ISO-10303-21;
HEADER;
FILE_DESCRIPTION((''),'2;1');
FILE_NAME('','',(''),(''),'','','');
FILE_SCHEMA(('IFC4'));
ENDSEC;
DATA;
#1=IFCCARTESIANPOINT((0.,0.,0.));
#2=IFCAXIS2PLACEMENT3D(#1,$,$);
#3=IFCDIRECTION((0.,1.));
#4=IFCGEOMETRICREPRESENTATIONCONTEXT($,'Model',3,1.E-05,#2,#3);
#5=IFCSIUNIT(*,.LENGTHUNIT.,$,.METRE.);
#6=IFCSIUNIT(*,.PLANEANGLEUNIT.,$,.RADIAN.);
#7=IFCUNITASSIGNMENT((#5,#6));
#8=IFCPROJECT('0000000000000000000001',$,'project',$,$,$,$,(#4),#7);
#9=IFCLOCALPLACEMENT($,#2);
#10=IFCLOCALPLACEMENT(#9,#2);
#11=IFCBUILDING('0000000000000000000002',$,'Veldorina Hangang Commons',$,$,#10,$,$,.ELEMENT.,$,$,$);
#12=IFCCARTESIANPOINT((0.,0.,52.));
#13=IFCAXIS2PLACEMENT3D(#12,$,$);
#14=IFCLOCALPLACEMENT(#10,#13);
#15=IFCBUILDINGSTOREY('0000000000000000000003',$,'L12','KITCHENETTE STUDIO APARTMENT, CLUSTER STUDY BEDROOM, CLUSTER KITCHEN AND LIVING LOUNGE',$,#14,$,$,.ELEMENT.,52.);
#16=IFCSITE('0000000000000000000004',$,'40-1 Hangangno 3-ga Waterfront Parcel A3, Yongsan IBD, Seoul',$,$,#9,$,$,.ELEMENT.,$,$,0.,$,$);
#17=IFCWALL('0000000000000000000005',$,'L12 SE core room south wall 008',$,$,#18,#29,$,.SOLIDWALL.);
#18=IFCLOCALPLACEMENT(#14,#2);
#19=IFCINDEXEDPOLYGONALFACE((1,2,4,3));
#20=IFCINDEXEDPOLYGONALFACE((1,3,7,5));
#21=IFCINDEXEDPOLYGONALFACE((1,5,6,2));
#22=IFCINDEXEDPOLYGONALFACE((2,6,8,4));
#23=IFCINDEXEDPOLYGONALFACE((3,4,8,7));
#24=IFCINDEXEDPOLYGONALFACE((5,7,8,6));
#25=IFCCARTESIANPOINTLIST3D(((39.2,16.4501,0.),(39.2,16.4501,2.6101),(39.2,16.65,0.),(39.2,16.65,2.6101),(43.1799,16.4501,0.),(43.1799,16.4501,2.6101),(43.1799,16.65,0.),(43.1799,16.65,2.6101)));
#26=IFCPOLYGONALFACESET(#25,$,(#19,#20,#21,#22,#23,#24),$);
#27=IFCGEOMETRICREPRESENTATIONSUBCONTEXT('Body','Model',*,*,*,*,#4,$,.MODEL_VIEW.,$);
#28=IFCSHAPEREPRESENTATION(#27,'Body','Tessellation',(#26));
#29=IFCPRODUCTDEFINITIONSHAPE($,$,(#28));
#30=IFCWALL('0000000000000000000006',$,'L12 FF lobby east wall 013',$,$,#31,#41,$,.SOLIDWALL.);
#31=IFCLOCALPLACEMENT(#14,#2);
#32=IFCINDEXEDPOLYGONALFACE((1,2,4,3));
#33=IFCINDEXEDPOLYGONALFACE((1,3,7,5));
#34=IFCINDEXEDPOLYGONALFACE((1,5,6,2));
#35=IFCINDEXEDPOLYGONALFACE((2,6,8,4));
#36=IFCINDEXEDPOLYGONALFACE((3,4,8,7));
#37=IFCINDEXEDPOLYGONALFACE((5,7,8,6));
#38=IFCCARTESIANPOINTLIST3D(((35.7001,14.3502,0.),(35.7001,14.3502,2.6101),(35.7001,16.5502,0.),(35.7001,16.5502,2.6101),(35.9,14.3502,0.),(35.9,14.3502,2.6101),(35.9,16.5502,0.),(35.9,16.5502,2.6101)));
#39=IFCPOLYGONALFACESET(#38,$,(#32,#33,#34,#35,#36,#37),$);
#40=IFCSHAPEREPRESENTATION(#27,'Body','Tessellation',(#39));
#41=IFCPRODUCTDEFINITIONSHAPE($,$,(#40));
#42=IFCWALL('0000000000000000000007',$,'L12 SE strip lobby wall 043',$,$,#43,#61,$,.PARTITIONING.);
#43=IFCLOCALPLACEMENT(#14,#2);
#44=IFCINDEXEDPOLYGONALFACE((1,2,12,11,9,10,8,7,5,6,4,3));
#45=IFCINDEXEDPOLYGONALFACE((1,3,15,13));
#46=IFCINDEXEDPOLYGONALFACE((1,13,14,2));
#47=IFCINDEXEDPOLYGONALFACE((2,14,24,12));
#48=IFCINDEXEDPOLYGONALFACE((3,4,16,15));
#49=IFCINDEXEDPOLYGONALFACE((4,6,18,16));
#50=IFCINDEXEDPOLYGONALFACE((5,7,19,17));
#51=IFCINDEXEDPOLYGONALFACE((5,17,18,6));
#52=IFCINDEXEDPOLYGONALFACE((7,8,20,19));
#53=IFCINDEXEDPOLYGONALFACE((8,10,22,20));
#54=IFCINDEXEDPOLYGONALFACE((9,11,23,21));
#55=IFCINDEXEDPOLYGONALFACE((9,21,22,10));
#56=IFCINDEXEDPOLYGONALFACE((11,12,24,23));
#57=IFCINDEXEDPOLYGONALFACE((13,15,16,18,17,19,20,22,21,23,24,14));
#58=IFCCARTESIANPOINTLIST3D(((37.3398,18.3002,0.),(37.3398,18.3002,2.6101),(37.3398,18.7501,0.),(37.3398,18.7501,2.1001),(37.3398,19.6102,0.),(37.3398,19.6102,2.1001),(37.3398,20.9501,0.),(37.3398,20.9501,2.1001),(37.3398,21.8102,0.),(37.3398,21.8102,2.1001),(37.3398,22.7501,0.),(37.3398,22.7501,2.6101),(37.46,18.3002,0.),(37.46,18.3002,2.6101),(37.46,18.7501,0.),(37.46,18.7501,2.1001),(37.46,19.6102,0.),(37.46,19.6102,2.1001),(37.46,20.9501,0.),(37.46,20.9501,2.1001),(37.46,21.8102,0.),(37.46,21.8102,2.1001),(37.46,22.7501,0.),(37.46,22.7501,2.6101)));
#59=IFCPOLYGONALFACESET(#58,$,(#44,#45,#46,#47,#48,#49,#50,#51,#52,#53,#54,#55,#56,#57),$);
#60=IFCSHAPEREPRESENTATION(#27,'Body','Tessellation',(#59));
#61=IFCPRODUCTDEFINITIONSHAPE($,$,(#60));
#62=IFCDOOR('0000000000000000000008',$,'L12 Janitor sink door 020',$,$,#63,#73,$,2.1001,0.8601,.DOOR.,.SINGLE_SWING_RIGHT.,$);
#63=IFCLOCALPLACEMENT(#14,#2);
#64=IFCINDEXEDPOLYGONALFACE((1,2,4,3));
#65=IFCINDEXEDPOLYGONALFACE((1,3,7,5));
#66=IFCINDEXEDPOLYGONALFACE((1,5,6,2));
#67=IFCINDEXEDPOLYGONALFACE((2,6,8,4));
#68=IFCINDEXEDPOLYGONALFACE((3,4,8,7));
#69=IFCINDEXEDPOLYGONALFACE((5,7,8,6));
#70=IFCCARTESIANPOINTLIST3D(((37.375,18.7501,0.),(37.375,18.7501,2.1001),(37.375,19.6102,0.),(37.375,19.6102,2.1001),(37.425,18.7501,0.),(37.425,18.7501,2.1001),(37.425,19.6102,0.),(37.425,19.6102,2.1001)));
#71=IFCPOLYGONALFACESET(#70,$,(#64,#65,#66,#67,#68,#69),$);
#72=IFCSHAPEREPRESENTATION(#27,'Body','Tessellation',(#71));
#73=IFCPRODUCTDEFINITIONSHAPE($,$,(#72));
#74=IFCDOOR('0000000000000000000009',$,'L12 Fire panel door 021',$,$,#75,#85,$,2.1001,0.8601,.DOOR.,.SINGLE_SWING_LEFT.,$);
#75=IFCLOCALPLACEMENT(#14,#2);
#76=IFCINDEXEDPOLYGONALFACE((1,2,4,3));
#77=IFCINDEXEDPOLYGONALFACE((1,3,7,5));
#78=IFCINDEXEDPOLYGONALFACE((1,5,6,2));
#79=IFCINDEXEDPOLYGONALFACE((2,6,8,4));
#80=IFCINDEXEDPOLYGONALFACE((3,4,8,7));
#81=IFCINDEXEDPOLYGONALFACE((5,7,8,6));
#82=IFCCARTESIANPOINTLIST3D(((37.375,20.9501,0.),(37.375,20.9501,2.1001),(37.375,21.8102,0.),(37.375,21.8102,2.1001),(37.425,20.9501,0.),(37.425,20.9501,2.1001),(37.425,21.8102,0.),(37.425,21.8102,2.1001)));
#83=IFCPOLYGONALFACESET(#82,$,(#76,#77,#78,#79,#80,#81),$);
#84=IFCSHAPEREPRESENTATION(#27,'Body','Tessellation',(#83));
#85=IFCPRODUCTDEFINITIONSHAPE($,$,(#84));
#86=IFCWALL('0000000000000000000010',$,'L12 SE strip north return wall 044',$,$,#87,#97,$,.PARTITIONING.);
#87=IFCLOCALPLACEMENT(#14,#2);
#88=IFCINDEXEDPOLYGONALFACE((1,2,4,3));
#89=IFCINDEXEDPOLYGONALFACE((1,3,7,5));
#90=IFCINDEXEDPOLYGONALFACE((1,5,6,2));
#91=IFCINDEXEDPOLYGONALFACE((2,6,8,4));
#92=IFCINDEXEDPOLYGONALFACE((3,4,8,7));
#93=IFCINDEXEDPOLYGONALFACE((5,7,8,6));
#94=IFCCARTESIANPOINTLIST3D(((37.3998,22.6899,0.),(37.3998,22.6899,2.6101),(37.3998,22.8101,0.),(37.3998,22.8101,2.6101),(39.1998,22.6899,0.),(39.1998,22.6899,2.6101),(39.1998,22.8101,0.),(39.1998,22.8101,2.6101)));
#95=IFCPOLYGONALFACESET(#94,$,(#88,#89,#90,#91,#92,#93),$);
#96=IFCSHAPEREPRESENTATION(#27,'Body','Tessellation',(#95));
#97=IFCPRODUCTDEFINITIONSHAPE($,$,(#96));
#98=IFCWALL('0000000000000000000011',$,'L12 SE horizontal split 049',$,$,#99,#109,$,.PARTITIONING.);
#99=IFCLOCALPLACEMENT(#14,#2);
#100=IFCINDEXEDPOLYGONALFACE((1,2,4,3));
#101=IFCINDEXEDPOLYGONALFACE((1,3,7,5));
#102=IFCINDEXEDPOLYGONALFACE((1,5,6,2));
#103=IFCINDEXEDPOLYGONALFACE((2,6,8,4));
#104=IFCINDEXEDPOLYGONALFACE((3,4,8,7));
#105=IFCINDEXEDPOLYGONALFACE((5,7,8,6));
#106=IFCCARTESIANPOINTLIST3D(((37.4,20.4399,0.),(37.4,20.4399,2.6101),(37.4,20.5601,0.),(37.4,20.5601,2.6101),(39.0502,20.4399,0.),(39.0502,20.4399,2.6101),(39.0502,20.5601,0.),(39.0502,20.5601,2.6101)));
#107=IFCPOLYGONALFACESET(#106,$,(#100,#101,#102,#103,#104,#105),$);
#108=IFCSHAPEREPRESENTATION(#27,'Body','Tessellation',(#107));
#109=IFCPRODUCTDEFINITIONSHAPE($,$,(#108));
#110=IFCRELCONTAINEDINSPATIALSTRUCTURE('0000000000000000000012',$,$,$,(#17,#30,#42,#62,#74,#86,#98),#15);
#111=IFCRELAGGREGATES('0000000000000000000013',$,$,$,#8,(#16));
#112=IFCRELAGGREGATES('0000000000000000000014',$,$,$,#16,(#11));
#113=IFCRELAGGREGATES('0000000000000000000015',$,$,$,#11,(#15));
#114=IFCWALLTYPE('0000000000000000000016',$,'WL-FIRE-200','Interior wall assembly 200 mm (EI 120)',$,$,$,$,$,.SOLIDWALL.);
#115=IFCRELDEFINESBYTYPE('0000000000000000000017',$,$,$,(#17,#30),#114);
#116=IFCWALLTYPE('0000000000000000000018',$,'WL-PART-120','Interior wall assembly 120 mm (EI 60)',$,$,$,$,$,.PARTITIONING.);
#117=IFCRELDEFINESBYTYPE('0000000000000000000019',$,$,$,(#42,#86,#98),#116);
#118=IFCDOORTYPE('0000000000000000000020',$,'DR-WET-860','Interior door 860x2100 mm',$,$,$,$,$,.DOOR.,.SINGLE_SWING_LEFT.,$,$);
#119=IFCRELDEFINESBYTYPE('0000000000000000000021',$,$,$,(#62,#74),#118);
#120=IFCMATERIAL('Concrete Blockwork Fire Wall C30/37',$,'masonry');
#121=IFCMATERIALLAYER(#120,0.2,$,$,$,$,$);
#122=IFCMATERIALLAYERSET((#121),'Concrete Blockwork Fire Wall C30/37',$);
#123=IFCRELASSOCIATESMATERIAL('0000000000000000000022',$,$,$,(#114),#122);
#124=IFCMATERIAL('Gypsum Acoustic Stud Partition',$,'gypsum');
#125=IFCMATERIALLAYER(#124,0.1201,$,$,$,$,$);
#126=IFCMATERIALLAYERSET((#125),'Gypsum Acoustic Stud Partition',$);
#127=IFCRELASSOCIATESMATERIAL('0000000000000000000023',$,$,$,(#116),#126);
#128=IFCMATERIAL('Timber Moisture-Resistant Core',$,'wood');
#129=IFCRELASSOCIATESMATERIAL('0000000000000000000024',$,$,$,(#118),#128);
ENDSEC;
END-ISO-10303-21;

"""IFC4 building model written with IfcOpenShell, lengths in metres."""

from ifc_helpers import new_model, si_unit, direction, frame, frame_2d, origin, place, context, subcontext, project, spatial, rectangle, extrude, material, layer, layer_set, type_object, element, fill, save


model = new_model("IFC4")

# Units and contexts
model_context = context("Model", 3, precision=1e-05, world=origin(), true_north=direction((0.0, 1.0)))
body_context = subcontext(model_context, "Body", "Model", "MODEL_VIEW")
ifc_project = project(units=[si_unit("LENGTHUNIT", "METRE"), si_unit("PLANEANGLEUNIT", "RADIAN")], contexts=[model_context])

# Site, building, storey
site_placement = place(None, origin())
site = spatial("IfcSite", under=ifc_project, at=site_placement, Name="40-1 Hangangno 3-ga Waterfront Parcel A3, Yongsan IBD, Seoul", CompositionType="ELEMENT", RefElevation=0.0)
building_placement = place(site_placement, origin())
building = spatial("IfcBuilding", under=site, at=building_placement, Name="Veldorina Hangang Commons", CompositionType="ELEMENT")
storey_placement = place(building_placement, frame((0.0, 0.0, 52.0)))
storey = spatial("IfcBuildingStorey", under=building, at=storey_placement, Name="L12", Description="KITCHENETTE STUDIO APARTMENT, CLUSTER STUDY BEDROOM, CLUSTER KITCHEN AND LIVING LOUNGE", CompositionType="ELEMENT", Elevation=52.0)

# Shared definitions
ifc_material_1 = material(Name="Concrete Blockwork Fire Wall C30/37", Category="masonry")
ifc_layer_1 = layer(ifc_material_1, 0.2)
ifc_layer_set_1 = layer_set([ifc_layer_1], Name="Concrete Blockwork Fire Wall C30/37")
wall_type_1 = type_object("IfcWallType", Name="WL-FIRE-200", Description="Interior wall assembly 200 mm (EI 120)", PredefinedType="SOLIDWALL", material=ifc_layer_set_1)

# Walls
wall_1_placement = place(storey_placement, frame((39.2, 16.55, 0.0), z_axis=(0.0, 0.0, 1.0), x_axis=(1.0, 0.0, 0.0)))
element("IfcWall", 1, at=wall_1_placement, inside=storey, type_object=wall_type_1, Name="L12 SE core room south wall 008", PredefinedType="SOLIDWALL", context=body_context, shape_type="SweptSolid", body=[
    extrude(rectangle(XDim=3.98, YDim=0.2, at=frame_2d((1.99, 0.0))), origin(), (0.0, 0.0, 1.0), 2.6101),
])
wall_2_placement = place(storey_placement, frame((35.8, 14.3501, 0.0), z_axis=(0.0, 0.0, 1.0), x_axis=(0.0, 1.0, 0.0)))
element("IfcWall", 2, at=wall_2_placement, inside=storey, type_object=wall_type_1, Name="L12 FF lobby east wall 013", PredefinedType="SOLIDWALL", context=body_context, shape_type="SweptSolid", body=[
    extrude(rectangle(XDim=2.2, YDim=0.2, at=frame_2d((1.1001, 0.0))), origin(), (0.0, 0.0, 1.0), 2.6101),
])

# Wall, openings, doors
ifc_material_2 = material(Name="Gypsum Acoustic Stud Partition", Category="gypsum")
ifc_layer_2 = layer(ifc_material_2, 0.1201)
ifc_layer_set_2 = layer_set([ifc_layer_2], Name="Gypsum Acoustic Stud Partition")
wall_type_2 = type_object("IfcWallType", Name="WL-PART-120", Description="Interior wall assembly 120 mm (EI 60)", PredefinedType="PARTITIONING", material=ifc_layer_set_2)
wall_3_placement = place(storey_placement, frame((37.3999, 18.3, 0.0), z_axis=(0.0, 0.0, 1.0), x_axis=(0.0, 1.0, 0.0)))
wall_3 = element("IfcWall", 3, at=wall_3_placement, inside=storey, type_object=wall_type_2, Name="L12 SE strip lobby wall 043", PredefinedType="PARTITIONING", context=body_context, shape_type="SweptSolid", body=[
    extrude(rectangle(XDim=4.45, YDim=0.1201, at=frame_2d((2.2251, 0.0))), origin(), (0.0, 0.0, 1.0), 2.6101),
])
opening_1_placement = place(wall_3_placement, frame((0.45, 0.0, 0.0)))
opening_1 = element("IfcOpeningElement", 4, at=opening_1_placement, cuts=wall_3, PredefinedType="OPENING", context=body_context, shape_type="SweptSolid", body=[
    extrude(rectangle(XDim=0.8601, YDim=2.1001, at=frame_2d((0.4302, 1.05))), frame((0.0, 0.0701, 0.0), z_axis=(0.0, -1.0, 0.0), x_axis=(1.0, 0.0, 0.0)), (0.0, 0.0, 1.0), 0.1401),
])
opening_2_placement = place(wall_3_placement, frame((2.6499, 0.0, 0.0)))
opening_2 = element("IfcOpeningElement", 5, at=opening_2_placement, cuts=wall_3, PredefinedType="OPENING", context=body_context, shape_type="SweptSolid", body=[
    extrude(rectangle(XDim=0.8601, YDim=2.1001, at=frame_2d((0.4302, 1.05))), frame((0.0, 0.0701, 0.0), z_axis=(0.0, -1.0, 0.0), x_axis=(1.0, 0.0, 0.0)), (0.0, 0.0, 1.0), 0.1401),
])
ifc_material_3 = material(Name="Timber Moisture-Resistant Core", Category="wood")
door_type_1 = type_object("IfcDoorType", Name="DR-WET-860", Description="Interior door 860x2100 mm", OperationType="SINGLE_SWING_LEFT", PredefinedType="DOOR", material=ifc_material_3)
door_1_placement = place(opening_1_placement, origin())
door_1 = element("IfcDoor", 6, at=door_1_placement, inside=storey, type_object=door_type_1, Name="L12 Janitor sink door 020", OperationType="SINGLE_SWING_RIGHT", OverallHeight=2.1001, OverallWidth=0.8601, PredefinedType="DOOR", context=body_context, shape_type="SweptSolid", body=[
    extrude(rectangle(XDim=0.8601, YDim=2.1001, at=frame_2d((0.4302, 1.05))), frame((0.0, 0.0249, 0.0), z_axis=(0.0, -1.0, 0.0), x_axis=(1.0, 0.0, 0.0)), (0.0, 0.0, 1.0), 0.05),
])
fill(opening_1, door_1)
door_2_placement = place(opening_2_placement, origin())
door_2 = element("IfcDoor", 7, at=door_2_placement, inside=storey, type_object=door_type_1, Name="L12 Fire panel door 021", OperationType="SINGLE_SWING_LEFT", OverallHeight=2.1001, OverallWidth=0.8601, PredefinedType="DOOR", context=body_context, shape_type="SweptSolid", body=[
    extrude(rectangle(XDim=0.8601, YDim=2.1001, at=frame_2d((0.4302, 1.05))), frame((0.0, 0.0249, 0.0), z_axis=(0.0, -1.0, 0.0), x_axis=(1.0, 0.0, 0.0)), (0.0, 0.0, 1.0), 0.05),
])
fill(opening_2, door_2)

# Walls
wall_4_placement = place(storey_placement, frame((37.3999, 22.75, 0.0), z_axis=(0.0, 0.0, 1.0), x_axis=(1.0, 0.0, 0.0)))
element("IfcWall", 8, at=wall_4_placement, inside=storey, type_object=wall_type_2, Name="L12 SE strip north return wall 044", PredefinedType="PARTITIONING", context=body_context, shape_type="SweptSolid", body=[
    extrude(rectangle(XDim=1.8, YDim=0.1201, at=frame_2d((0.8999, 0.0))), origin(), (0.0, 0.0, 1.0), 2.6101),
])
wall_5_placement = place(storey_placement, frame((37.3999, 20.5, 0.0), z_axis=(0.0, 0.0, 1.0), x_axis=(1.0, 0.0, 0.0)))
element("IfcWall", 9, at=wall_5_placement, inside=storey, type_object=wall_type_2, Name="L12 SE horizontal split 049", PredefinedType="PARTITIONING", context=body_context, shape_type="SweptSolid", body=[
    extrude(rectangle(XDim=1.6501, YDim=0.1201, at=frame_2d((0.8252, 0.0))), origin(), (0.0, 0.0, 1.0), 2.6101),
])

save(model, "model.ifc")
